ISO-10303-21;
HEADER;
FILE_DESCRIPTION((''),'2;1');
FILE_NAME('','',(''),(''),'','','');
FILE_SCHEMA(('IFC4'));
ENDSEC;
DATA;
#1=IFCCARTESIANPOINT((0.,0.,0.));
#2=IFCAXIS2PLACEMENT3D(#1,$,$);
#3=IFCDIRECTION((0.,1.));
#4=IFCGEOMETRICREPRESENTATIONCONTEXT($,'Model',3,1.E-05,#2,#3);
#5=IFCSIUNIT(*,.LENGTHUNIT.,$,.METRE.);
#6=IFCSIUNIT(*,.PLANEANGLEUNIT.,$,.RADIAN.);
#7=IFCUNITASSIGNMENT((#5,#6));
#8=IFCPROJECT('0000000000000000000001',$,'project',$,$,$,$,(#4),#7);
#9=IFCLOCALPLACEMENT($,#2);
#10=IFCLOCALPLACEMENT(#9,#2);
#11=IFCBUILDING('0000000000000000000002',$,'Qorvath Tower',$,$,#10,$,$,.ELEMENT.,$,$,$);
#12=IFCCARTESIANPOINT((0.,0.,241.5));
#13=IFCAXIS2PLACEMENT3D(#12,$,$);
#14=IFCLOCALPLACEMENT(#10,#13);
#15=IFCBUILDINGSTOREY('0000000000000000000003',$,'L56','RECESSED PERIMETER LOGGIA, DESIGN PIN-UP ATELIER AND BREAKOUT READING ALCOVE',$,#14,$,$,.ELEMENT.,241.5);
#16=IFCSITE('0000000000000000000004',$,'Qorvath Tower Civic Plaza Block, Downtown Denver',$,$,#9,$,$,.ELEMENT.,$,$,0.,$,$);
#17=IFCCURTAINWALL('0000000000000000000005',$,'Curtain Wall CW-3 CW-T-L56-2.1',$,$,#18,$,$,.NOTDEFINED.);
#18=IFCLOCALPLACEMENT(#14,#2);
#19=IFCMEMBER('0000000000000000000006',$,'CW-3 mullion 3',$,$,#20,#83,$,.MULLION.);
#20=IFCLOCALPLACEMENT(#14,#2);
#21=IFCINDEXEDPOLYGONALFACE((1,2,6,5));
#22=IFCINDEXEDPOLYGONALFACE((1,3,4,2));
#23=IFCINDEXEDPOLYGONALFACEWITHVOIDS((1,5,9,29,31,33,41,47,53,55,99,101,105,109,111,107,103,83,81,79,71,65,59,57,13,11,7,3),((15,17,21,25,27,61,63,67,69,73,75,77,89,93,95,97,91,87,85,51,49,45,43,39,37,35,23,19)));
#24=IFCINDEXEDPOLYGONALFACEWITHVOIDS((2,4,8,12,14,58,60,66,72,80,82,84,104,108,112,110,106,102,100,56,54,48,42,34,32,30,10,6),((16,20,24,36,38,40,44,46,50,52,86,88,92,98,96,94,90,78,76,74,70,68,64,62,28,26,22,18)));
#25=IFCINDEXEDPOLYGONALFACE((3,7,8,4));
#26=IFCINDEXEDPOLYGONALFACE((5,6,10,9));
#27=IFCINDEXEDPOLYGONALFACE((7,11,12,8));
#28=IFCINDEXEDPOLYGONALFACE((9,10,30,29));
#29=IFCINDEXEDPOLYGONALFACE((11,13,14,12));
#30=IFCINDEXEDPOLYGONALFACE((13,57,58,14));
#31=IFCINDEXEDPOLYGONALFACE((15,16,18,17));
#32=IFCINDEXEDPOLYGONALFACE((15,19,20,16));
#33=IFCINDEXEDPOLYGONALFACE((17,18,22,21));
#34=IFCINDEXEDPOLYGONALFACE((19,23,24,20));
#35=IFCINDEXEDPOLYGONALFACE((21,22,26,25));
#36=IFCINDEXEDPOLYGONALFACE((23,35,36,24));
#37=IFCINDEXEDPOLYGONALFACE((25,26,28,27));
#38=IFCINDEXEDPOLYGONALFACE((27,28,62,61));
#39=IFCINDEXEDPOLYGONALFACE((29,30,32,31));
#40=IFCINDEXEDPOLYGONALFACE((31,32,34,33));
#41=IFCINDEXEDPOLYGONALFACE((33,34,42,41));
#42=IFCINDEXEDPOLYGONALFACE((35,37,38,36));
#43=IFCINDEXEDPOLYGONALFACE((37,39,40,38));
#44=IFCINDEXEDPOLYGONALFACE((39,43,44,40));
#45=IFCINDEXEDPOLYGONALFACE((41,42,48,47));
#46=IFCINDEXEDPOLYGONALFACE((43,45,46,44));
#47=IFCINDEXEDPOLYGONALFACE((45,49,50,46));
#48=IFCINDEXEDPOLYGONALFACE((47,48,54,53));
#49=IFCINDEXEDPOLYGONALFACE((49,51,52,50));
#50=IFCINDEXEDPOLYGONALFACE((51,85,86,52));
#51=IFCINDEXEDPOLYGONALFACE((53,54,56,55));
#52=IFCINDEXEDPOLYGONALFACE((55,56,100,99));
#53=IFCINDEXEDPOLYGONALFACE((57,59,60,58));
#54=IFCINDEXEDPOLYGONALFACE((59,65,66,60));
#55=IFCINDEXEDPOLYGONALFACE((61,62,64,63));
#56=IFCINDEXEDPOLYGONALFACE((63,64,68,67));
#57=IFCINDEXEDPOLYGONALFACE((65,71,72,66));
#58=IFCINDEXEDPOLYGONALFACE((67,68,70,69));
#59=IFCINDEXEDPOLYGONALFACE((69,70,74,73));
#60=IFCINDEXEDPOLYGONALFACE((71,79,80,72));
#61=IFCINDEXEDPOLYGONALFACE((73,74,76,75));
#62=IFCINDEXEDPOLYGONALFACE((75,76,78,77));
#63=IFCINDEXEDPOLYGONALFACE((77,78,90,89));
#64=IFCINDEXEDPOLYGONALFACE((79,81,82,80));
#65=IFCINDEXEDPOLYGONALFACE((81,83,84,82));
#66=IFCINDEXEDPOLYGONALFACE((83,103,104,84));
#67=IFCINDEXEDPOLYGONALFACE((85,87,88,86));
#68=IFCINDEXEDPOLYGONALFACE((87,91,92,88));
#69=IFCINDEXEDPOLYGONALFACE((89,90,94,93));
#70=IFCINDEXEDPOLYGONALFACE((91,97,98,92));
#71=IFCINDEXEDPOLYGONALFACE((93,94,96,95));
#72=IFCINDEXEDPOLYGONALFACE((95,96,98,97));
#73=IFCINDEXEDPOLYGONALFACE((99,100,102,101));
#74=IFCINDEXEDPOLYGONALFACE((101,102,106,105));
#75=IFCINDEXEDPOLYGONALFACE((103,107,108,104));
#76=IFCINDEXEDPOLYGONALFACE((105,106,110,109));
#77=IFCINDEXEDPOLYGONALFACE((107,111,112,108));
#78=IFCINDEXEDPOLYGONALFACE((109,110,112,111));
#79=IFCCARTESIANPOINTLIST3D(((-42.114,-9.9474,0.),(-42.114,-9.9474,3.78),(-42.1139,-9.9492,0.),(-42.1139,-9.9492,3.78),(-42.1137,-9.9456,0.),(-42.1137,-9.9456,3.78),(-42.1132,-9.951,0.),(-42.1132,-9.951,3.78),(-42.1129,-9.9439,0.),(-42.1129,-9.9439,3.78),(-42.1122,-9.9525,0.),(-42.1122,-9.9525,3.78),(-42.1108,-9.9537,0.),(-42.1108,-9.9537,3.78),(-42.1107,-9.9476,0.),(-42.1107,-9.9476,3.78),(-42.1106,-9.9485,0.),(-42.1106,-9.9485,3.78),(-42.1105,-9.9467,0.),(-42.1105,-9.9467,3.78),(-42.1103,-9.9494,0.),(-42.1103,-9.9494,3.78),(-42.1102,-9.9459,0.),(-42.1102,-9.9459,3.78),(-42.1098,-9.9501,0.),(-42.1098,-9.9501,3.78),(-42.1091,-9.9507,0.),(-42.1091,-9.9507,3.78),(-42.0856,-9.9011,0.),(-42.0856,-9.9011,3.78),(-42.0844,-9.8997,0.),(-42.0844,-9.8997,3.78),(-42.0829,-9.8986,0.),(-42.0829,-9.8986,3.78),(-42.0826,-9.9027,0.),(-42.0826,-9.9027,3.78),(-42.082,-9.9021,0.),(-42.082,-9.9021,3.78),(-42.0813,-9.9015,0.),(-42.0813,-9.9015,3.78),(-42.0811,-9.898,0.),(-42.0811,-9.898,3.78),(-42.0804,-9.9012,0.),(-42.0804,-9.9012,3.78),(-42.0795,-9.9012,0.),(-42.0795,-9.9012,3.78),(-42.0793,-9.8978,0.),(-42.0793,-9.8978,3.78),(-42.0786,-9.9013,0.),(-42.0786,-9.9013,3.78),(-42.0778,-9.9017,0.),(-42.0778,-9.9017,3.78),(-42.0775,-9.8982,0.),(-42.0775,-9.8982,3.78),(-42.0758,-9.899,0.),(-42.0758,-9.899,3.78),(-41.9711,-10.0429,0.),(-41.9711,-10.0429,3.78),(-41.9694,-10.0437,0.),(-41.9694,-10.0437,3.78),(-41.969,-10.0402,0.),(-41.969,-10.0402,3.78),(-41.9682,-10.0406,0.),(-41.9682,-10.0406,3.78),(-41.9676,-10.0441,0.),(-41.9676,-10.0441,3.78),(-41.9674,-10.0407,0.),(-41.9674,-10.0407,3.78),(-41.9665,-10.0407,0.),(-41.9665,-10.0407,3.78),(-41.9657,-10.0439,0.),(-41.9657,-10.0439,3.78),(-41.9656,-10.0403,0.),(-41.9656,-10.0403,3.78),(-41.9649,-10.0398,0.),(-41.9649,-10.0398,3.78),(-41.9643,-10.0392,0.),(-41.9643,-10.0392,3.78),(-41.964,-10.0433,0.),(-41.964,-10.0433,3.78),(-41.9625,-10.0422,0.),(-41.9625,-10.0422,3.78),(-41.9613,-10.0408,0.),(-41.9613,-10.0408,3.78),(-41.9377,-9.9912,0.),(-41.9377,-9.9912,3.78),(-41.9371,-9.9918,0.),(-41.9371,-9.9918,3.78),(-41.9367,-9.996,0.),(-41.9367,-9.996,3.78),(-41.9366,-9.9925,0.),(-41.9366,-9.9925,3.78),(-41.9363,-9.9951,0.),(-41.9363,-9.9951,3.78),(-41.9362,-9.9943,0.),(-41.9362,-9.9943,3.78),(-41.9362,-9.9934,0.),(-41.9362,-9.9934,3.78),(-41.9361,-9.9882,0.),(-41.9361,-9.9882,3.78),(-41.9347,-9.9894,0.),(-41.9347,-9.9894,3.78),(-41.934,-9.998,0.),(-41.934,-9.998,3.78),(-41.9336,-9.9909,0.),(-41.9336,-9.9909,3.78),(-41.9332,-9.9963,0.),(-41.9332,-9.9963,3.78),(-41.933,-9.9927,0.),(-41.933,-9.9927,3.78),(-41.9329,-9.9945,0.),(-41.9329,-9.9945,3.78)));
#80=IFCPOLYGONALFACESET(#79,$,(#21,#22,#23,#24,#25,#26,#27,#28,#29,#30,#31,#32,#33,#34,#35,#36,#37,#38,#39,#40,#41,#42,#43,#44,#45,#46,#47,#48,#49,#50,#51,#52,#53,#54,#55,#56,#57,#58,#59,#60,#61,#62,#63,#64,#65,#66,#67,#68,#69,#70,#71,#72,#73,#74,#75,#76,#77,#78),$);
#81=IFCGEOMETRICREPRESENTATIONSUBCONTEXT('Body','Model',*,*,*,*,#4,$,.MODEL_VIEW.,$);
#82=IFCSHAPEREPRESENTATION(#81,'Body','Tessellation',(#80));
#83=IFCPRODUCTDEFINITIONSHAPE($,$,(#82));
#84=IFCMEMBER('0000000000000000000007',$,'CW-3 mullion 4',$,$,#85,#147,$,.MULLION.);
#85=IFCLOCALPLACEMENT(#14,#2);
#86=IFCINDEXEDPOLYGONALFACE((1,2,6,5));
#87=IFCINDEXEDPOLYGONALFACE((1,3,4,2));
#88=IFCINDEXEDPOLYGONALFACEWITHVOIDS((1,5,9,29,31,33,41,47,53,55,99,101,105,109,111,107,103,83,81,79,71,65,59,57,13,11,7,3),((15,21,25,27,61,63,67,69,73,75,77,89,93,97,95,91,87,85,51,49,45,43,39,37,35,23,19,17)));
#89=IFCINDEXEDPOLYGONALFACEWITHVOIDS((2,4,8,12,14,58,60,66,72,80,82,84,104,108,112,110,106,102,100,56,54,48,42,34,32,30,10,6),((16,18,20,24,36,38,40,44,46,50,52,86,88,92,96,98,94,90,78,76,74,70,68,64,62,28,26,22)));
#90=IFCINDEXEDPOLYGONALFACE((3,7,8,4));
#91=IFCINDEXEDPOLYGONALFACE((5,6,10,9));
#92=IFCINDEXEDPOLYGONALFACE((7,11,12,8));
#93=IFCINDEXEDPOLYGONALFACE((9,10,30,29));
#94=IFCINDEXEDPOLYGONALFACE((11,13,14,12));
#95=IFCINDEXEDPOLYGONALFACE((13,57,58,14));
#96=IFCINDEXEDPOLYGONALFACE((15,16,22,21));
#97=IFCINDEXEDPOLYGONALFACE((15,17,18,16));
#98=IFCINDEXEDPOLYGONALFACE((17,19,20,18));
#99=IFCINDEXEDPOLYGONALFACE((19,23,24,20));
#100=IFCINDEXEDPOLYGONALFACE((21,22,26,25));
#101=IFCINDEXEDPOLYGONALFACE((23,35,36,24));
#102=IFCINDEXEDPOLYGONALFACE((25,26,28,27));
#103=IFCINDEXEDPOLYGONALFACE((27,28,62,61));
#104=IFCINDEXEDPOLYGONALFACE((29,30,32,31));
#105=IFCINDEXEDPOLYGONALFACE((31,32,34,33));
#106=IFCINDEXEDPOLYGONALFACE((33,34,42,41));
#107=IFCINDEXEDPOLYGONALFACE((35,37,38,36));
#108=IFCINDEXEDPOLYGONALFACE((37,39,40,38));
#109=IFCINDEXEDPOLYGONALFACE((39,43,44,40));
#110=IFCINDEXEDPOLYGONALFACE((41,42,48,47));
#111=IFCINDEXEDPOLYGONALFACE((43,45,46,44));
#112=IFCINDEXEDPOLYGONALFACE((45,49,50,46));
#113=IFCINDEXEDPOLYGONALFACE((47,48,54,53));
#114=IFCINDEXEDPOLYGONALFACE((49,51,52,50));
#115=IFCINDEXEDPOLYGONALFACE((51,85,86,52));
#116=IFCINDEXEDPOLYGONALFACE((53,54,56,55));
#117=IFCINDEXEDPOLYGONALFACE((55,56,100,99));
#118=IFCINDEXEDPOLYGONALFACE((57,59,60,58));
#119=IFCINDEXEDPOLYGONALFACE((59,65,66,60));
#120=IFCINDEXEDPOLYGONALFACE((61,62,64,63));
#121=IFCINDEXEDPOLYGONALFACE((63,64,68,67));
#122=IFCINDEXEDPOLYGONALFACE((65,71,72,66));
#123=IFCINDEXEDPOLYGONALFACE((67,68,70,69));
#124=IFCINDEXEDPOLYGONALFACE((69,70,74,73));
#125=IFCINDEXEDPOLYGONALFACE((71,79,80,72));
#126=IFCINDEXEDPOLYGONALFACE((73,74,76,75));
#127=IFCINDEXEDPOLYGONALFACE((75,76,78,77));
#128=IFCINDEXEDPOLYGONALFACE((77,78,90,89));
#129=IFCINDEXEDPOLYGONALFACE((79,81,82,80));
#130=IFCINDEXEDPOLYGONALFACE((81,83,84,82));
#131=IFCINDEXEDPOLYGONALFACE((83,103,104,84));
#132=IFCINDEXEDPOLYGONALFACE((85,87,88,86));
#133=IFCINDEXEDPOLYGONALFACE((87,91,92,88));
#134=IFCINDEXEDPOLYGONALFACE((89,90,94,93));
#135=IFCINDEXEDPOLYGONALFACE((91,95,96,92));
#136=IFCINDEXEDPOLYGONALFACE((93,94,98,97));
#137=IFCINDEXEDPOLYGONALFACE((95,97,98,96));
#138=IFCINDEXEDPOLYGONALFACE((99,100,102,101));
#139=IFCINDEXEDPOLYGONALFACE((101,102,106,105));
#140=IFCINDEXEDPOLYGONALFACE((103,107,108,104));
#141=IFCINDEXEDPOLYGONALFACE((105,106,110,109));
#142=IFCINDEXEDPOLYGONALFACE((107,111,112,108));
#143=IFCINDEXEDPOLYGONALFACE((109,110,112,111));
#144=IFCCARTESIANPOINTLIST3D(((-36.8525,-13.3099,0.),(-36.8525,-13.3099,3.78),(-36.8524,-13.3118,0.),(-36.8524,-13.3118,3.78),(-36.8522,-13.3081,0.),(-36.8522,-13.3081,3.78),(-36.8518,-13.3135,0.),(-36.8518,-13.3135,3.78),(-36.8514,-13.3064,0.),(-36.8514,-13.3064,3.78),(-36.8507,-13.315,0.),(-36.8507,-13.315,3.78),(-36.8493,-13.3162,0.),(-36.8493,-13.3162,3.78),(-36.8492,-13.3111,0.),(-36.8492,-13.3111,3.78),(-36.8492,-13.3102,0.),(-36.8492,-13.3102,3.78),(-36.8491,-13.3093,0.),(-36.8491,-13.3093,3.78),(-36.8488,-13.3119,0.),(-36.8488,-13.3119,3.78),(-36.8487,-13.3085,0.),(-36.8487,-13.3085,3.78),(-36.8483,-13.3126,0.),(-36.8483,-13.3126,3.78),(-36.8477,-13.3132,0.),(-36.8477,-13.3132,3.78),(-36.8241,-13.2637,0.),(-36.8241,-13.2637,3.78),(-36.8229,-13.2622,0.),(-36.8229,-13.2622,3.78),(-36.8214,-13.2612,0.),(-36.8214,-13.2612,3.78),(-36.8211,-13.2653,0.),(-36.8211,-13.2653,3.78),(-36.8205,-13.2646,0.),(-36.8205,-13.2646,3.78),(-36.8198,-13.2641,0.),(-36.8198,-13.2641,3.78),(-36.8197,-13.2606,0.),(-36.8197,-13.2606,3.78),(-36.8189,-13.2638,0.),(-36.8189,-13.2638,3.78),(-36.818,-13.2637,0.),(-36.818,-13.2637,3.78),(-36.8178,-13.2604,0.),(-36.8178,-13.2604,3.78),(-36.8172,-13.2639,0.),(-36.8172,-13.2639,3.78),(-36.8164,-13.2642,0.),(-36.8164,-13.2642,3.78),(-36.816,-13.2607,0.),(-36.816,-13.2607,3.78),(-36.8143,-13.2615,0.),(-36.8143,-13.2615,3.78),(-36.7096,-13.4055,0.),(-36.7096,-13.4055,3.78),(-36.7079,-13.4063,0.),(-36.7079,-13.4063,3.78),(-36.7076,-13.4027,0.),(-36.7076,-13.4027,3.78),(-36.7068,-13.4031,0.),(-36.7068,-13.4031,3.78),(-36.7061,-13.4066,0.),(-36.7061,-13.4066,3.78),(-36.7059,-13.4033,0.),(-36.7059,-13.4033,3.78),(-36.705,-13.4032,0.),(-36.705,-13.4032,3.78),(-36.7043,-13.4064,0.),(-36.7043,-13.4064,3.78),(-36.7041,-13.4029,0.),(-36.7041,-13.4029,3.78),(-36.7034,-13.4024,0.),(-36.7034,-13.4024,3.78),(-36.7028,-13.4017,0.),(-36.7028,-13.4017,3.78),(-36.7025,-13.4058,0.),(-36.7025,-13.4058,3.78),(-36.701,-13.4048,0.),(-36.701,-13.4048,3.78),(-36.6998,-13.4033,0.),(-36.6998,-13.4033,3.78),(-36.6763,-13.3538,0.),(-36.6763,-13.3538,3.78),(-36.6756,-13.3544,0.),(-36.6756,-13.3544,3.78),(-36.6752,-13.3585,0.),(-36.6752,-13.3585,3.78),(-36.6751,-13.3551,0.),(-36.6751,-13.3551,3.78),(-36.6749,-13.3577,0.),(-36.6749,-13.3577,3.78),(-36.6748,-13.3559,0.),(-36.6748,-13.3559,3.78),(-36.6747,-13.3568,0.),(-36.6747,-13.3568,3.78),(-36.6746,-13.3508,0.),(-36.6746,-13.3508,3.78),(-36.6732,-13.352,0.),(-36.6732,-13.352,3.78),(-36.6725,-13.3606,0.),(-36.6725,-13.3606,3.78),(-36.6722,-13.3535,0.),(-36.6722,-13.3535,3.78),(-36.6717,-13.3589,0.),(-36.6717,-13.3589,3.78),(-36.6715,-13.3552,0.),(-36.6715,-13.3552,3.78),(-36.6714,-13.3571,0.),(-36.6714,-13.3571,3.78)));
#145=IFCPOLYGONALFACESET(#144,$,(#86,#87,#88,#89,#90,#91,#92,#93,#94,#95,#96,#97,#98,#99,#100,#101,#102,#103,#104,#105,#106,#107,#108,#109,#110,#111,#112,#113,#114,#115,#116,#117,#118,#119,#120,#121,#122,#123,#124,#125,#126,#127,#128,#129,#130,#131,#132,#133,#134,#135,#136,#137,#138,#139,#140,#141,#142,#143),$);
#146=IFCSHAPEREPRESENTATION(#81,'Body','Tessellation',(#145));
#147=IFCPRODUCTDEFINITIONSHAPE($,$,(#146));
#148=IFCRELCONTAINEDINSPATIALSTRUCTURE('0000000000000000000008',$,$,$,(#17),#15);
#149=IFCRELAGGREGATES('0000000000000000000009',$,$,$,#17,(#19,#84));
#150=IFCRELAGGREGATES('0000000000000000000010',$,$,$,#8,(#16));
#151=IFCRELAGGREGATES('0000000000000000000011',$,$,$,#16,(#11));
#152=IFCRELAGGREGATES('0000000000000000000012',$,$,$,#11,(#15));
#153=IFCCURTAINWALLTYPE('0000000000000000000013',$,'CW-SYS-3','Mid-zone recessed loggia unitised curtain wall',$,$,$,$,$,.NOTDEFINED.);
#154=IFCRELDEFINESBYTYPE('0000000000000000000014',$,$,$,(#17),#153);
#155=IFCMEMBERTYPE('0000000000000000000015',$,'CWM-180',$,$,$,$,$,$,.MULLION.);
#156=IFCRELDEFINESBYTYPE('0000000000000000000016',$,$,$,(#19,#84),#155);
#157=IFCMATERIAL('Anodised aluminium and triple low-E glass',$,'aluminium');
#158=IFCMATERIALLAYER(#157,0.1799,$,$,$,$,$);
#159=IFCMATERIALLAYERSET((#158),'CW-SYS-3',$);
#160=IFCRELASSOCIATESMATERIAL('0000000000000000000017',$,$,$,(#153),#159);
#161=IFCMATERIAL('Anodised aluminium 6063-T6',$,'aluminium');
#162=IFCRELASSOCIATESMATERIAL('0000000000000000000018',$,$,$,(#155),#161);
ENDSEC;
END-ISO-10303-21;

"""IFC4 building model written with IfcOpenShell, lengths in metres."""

from ifc_helpers import new_model, si_unit, direction, frame, origin, origin_2d, place, context, subcontext, project, spatial, hollow_rectangle, extrude, material, layer, layer_set, material_profile, profile_set, type_object, element, aggregate, save


model = new_model("IFC4")

# Units and contexts
model_context = context("Model", 3, precision=1e-05, world=origin(), true_north=direction((0.0, 1.0)))
body_context = subcontext(model_context, "Body", "Model", "MODEL_VIEW")
ifc_project = project(units=[si_unit("LENGTHUNIT", "METRE"), si_unit("PLANEANGLEUNIT", "RADIAN")], contexts=[model_context])

# Site, building, storey
site_placement = place(None, origin())
site = spatial("IfcSite", under=ifc_project, at=site_placement, Name="Qorvath Tower Civic Plaza Block, Downtown Denver", CompositionType="ELEMENT", RefElevation=0.0)
building_placement = place(site_placement, origin())
building = spatial("IfcBuilding", under=site, at=building_placement, Name="Qorvath Tower", CompositionType="ELEMENT")
storey_placement = place(building_placement, frame((0.0, 0.0, 241.5)))
storey = spatial("IfcBuildingStorey", under=building, at=storey_placement, Name="L56", Description="RECESSED PERIMETER LOGGIA, DESIGN PIN-UP ATELIER AND BREAKOUT READING ALCOVE", CompositionType="ELEMENT", Elevation=241.5)

# Curtain wall, members
ifc_material_1 = material(Name="Anodised aluminium and triple low-E glass", Category="aluminium")
ifc_layer_1 = layer(ifc_material_1, 0.1799)
ifc_layer_set_1 = layer_set([ifc_layer_1], Name="CW-SYS-3")
curtain_wall_type = type_object("IfcCurtainWallType", Name="CW-SYS-3", Description="Mid-zone recessed loggia unitised curtain wall", PredefinedType="NOTDEFINED", material=ifc_layer_set_1)
curtain_wall_placement = place(storey_placement, origin())
curtain_wall = element("IfcCurtainWall", 1, at=curtain_wall_placement, inside=storey, type_object=curtain_wall_type, Name="Curtain Wall CW-3 CW-T-L56-2.1", PredefinedType="NOTDEFINED")
ifc_material_2 = material(Name="Anodised aluminium 6063-T6", Category="aluminium")
ifc_material_profile_1 = material_profile(ifc_material_2, hollow_rectangle(XDim=0.0649, YDim=0.1799, WallThickness=0.0034, InnerFilletRadius=0.0034, OuterFilletRadius=0.0071, at=origin_2d()), Name="CWM 180x65")
ifc_profile_set_1 = profile_set([ifc_material_profile_1], Name="Anodised aluminium 6063-T6")
member_type_1 = type_object("IfcMemberType", Name="CWM-180", PredefinedType="MULLION", material=ifc_profile_set_1)
member_1_placement = place(storey_placement, frame((-42.0234, -9.9709, 0.0), z_axis=(0.0, 0.0, 1.0), x_axis=(0.538531, 0.842605, 0.0)))
member_1 = element("IfcMember", 2, at=member_1_placement, type_object=member_type_1, Name="CW-3 mullion 3", PredefinedType="MULLION", context=body_context, shape_type="SweptSolid", body=[
    extrude(hollow_rectangle(XDim=0.0649, YDim=0.1799, WallThickness=0.0034, InnerFilletRadius=0.0034, OuterFilletRadius=0.0071, at=origin_2d()), origin(), (0.0, 0.0, 1.0), 3.78),
])
member_2_placement = place(storey_placement, frame((-36.762, -13.3335, 0.0), z_axis=(0.0, 0.0, 1.0), x_axis=(0.538531, 0.842605, 0.0)))
member_2 = element("IfcMember", 3, at=member_2_placement, type_object=member_type_1, Name="CW-3 mullion 4", PredefinedType="MULLION", context=body_context, shape_type="SweptSolid", body=[
    extrude(hollow_rectangle(XDim=0.0649, YDim=0.1799, WallThickness=0.0034, InnerFilletRadius=0.0034, OuterFilletRadius=0.0071, at=origin_2d()), origin(), (0.0, 0.0, 1.0), 3.78),
])
aggregate(curtain_wall, [member_1, member_2])

save(model, "model.ifc")
